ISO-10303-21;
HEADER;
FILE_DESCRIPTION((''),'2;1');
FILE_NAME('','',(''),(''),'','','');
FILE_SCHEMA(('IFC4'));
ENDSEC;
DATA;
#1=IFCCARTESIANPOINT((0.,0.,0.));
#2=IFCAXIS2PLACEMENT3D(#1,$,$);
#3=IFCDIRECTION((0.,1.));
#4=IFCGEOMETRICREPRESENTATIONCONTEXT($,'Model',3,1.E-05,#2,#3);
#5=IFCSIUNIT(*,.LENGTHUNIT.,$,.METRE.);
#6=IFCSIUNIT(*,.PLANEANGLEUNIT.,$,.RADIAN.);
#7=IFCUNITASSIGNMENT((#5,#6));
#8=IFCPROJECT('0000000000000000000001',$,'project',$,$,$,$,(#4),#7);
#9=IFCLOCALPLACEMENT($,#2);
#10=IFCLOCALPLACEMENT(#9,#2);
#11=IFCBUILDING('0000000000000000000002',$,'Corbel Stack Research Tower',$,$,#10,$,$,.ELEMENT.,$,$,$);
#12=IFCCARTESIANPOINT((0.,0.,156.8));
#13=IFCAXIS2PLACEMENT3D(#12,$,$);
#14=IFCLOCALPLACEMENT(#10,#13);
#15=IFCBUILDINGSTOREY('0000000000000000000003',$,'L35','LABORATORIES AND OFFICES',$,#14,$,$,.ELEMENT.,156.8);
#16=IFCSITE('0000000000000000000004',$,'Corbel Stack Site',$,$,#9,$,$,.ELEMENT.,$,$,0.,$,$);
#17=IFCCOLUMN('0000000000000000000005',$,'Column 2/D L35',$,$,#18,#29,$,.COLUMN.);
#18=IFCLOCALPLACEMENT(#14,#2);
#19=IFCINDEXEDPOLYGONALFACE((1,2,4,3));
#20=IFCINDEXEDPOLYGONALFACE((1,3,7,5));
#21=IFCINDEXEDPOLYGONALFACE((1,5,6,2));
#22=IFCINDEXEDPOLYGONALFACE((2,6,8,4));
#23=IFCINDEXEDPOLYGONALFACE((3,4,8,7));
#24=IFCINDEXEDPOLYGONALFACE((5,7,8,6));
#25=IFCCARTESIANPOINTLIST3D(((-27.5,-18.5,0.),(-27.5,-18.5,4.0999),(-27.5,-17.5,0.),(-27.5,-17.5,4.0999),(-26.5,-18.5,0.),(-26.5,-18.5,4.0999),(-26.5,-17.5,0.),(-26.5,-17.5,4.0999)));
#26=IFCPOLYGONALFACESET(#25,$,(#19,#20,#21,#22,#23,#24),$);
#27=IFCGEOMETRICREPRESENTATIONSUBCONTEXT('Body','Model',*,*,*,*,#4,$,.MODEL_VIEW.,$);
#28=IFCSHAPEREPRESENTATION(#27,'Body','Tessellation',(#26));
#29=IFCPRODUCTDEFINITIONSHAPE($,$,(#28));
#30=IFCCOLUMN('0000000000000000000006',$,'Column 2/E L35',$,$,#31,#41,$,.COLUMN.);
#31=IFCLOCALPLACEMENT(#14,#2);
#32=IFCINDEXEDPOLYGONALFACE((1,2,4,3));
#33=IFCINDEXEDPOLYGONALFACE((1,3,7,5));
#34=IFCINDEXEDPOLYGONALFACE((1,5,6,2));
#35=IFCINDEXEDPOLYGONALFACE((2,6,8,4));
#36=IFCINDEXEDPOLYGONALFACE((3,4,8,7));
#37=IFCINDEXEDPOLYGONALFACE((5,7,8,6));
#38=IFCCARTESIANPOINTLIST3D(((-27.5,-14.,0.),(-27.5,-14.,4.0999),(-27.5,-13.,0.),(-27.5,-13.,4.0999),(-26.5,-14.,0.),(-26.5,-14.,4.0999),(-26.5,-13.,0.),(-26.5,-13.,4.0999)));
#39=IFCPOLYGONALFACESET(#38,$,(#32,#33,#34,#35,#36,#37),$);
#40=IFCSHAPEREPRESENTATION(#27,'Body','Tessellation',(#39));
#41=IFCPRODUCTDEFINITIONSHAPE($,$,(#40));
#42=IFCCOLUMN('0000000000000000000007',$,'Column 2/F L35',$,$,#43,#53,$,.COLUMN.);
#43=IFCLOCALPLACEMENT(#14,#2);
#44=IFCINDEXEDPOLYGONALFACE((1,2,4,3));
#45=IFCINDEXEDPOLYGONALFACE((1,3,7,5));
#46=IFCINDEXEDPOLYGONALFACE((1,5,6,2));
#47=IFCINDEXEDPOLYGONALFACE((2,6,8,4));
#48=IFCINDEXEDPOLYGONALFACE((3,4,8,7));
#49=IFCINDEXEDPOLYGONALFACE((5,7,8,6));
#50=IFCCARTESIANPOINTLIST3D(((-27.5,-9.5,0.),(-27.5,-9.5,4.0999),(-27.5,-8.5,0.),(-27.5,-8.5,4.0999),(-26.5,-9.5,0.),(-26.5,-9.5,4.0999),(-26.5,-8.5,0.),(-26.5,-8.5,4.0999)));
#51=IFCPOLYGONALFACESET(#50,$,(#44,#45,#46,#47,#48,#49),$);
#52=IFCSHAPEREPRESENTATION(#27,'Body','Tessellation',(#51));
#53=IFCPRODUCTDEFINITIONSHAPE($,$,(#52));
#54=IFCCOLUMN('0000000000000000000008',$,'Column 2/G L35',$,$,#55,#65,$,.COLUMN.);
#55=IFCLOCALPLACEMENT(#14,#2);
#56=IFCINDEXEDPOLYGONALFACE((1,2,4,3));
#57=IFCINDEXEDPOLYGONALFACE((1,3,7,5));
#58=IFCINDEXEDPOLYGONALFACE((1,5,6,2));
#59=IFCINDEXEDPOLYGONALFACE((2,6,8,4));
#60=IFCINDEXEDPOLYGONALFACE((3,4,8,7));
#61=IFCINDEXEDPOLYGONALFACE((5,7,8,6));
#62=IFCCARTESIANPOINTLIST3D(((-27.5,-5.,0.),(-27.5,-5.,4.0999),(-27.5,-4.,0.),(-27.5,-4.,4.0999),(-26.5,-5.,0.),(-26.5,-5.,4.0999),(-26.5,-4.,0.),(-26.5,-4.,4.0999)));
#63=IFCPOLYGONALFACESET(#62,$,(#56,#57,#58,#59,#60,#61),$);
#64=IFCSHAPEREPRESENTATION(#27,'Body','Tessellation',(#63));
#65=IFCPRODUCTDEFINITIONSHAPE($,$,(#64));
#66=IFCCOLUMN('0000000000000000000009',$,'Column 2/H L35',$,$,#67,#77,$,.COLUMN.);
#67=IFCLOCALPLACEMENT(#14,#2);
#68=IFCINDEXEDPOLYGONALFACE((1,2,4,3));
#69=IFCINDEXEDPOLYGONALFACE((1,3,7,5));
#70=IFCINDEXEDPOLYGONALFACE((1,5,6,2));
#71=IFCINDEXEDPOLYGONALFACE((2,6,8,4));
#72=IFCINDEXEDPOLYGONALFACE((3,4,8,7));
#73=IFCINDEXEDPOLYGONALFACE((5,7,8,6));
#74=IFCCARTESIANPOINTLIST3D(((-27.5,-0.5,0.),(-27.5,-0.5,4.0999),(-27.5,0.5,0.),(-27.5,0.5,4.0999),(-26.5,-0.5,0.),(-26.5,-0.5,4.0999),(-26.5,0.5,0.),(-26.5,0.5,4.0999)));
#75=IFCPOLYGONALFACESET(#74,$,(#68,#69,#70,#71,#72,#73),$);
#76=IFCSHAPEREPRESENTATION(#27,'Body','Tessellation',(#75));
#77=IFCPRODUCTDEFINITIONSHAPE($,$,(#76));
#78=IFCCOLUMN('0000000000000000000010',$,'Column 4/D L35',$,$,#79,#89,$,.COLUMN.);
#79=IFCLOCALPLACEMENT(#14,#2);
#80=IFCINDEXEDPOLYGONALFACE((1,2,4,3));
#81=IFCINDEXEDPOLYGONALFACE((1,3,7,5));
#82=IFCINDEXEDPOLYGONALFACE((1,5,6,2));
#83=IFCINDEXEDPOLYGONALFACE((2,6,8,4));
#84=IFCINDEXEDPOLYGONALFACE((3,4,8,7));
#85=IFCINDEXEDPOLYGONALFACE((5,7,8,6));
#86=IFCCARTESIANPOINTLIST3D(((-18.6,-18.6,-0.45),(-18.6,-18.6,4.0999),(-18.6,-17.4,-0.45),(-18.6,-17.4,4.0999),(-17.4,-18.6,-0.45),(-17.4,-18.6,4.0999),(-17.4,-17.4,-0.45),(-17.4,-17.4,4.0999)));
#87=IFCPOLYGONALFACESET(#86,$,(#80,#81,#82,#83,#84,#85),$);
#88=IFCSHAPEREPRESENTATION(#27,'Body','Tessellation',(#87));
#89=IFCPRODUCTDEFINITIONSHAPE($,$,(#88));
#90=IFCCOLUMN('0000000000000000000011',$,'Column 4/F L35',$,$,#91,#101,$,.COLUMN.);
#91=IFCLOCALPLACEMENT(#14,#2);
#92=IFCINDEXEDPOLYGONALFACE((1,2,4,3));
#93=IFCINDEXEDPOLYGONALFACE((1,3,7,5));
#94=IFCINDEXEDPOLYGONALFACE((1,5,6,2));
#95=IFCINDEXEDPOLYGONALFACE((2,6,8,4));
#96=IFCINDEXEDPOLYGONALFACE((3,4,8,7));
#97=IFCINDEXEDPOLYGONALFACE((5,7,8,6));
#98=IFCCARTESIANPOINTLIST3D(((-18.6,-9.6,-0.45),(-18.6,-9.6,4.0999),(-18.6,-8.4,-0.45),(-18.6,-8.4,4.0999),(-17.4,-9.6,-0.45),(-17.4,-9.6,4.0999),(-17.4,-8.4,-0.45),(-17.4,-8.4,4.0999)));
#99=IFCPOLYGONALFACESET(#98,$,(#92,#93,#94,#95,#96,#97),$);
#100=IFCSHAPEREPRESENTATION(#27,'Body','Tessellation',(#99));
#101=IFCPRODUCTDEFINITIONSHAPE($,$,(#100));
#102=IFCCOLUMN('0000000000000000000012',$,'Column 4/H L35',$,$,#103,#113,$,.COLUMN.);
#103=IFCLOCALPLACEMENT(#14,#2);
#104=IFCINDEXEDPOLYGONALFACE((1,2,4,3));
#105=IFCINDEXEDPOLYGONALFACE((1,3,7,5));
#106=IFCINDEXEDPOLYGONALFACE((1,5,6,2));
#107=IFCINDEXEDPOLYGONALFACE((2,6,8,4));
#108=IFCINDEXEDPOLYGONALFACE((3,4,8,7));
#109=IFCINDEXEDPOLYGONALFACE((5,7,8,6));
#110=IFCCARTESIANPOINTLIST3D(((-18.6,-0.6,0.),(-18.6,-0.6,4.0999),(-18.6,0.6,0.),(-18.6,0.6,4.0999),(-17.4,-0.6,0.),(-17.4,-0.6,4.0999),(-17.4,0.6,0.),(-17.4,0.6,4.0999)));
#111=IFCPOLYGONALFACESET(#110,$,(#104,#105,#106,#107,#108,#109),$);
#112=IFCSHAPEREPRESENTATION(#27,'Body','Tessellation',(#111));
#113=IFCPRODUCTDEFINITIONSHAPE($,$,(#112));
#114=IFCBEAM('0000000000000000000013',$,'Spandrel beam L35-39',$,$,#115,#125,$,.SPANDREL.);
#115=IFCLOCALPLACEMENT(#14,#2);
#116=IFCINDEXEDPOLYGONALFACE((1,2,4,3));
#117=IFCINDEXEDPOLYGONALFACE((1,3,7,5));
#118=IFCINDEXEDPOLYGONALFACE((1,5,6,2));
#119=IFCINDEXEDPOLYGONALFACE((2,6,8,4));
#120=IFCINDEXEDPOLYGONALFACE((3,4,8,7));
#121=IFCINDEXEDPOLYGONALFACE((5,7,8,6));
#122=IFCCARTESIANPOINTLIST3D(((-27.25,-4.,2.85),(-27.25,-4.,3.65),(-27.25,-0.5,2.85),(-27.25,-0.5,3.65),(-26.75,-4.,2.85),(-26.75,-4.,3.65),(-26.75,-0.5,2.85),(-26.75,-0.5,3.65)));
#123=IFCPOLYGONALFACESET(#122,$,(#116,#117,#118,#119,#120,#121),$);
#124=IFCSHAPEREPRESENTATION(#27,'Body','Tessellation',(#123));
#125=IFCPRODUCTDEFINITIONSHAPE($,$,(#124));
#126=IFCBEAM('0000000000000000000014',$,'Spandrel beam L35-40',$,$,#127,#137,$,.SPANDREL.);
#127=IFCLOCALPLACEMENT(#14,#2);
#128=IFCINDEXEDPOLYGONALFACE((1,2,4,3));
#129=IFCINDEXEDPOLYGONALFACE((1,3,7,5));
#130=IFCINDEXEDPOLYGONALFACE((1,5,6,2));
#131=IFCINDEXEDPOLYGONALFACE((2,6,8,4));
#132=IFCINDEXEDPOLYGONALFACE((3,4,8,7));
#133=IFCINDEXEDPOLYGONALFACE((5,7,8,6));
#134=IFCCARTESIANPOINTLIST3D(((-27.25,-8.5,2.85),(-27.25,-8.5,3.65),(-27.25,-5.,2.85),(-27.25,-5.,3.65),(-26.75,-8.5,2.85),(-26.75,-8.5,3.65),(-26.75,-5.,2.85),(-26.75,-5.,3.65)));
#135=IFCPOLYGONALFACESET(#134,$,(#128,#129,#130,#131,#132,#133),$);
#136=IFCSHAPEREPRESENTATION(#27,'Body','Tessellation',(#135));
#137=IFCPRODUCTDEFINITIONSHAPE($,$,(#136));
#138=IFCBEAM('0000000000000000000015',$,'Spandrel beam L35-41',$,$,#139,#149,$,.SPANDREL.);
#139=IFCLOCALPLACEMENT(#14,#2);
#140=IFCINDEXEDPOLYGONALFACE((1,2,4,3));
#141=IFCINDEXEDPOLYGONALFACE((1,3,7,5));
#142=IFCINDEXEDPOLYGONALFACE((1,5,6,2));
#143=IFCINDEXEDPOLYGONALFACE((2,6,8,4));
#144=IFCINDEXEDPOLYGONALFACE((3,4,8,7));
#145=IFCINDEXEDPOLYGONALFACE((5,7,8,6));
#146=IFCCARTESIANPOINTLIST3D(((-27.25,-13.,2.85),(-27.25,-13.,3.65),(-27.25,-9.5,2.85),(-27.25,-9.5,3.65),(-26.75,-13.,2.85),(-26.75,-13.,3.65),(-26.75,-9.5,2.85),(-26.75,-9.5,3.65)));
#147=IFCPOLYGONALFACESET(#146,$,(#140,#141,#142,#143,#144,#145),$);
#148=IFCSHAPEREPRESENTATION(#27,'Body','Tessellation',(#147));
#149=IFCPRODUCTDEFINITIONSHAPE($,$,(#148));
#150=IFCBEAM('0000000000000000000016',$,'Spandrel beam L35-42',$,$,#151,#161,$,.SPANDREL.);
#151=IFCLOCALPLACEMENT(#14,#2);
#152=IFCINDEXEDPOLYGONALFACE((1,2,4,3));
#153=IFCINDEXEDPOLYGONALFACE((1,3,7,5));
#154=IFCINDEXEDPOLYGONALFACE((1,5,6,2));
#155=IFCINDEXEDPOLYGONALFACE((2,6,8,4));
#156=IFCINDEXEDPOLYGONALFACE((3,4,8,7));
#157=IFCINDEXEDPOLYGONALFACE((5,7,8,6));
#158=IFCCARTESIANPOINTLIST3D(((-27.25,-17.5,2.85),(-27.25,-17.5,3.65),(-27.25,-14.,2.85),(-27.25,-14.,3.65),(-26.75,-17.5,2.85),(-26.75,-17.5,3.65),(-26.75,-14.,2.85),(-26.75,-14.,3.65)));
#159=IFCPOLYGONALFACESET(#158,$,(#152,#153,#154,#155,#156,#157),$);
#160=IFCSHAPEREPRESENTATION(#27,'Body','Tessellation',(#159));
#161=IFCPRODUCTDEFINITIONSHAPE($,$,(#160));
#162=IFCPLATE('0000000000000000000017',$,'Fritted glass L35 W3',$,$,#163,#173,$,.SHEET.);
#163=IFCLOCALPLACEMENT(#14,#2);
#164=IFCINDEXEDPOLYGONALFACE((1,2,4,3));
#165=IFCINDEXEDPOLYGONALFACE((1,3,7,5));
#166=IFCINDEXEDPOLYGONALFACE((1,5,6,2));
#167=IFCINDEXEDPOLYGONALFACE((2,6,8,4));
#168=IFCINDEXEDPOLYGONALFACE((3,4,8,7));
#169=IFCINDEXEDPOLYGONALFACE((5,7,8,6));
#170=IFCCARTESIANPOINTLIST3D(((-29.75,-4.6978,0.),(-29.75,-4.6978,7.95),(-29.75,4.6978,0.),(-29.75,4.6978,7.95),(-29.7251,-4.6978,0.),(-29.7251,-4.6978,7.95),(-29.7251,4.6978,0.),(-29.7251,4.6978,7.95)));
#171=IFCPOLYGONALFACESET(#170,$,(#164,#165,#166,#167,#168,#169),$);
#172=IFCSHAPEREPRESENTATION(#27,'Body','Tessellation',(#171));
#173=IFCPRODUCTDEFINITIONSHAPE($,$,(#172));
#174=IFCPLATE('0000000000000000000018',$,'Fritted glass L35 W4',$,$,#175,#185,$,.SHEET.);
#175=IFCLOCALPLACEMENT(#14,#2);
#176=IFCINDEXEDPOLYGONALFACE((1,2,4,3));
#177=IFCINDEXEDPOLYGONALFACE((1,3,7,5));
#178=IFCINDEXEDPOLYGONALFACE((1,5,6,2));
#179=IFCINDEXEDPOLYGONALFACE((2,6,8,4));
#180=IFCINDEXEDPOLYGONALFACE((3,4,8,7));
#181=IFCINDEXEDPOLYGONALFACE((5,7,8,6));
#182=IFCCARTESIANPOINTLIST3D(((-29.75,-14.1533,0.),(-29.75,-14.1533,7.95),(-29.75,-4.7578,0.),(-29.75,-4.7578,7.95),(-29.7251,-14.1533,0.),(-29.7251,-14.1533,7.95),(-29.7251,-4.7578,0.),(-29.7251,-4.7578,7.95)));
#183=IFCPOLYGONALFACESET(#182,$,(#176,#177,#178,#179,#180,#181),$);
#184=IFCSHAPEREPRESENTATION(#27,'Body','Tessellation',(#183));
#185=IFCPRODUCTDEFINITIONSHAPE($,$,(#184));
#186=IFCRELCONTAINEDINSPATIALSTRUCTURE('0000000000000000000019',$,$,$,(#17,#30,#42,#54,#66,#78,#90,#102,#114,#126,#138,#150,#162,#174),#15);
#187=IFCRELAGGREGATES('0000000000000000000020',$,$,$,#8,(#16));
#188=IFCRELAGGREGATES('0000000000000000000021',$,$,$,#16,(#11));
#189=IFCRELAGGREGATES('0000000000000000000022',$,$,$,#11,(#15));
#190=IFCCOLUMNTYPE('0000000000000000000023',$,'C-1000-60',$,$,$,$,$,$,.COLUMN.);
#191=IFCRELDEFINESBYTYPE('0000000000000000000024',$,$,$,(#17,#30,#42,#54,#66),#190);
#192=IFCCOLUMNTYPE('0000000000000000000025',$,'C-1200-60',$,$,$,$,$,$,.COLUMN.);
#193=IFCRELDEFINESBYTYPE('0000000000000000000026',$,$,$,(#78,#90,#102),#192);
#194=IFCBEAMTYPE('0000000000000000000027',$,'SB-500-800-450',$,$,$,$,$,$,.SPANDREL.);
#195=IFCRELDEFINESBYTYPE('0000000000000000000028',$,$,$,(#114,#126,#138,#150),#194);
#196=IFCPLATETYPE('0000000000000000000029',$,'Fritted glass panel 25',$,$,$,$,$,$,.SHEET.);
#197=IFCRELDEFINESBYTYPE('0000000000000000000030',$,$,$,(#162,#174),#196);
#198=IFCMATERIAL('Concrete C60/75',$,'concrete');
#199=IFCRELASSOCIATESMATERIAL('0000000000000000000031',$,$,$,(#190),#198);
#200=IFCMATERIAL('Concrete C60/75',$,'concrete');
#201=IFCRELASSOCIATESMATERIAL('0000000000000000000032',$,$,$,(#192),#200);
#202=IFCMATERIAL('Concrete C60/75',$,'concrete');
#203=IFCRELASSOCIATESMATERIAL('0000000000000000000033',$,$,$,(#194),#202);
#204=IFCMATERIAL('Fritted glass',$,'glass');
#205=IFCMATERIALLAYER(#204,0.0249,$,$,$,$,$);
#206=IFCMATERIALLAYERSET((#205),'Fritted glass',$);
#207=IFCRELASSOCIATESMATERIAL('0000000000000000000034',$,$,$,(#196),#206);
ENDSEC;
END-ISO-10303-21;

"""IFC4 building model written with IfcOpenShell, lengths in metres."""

from ifc_helpers import new_model, si_unit, direction, frame, origin, origin_2d, place, context, subcontext, project, spatial, rectangle, extrude, material, layer, layer_set, material_profile, profile_set, type_object, element, save


model = new_model("IFC4")

# Units and contexts
model_context = context("Model", 3, precision=1e-05, world=origin(), true_north=direction((0.0, 1.0)))
body_context = subcontext(model_context, "Body", "Model", "MODEL_VIEW")
ifc_project = project(units=[si_unit("LENGTHUNIT", "METRE"), si_unit("PLANEANGLEUNIT", "RADIAN")], contexts=[model_context])

# Site, building, storey
site_placement = place(None, origin())
site = spatial("IfcSite", under=ifc_project, at=site_placement, Name="Corbel Stack Site", CompositionType="ELEMENT", RefElevation=0.0)
building_placement = place(site_placement, origin())
building = spatial("IfcBuilding", under=site, at=building_placement, Name="Corbel Stack Research Tower", CompositionType="ELEMENT")
storey_placement = place(building_placement, frame((0.0, 0.0, 156.8)))
storey = spatial("IfcBuildingStorey", under=building, at=storey_placement, Name="L35", Description="LABORATORIES AND OFFICES", CompositionType="ELEMENT", Elevation=156.8)

# Columns
ifc_material_1 = material(Name="Concrete C60/75", Category="concrete")
ifc_material_profile_1 = material_profile(ifc_material_1, rectangle(XDim=1.0, YDim=1.0, at=origin_2d()), Name="RC 1000 x 1000")
ifc_profile_set_1 = profile_set([ifc_material_profile_1], Name="Concrete C60/75")
column_type_1 = type_object("IfcColumnType", Name="C-1000-60", PredefinedType="COLUMN", material=ifc_profile_set_1)
for number, where, z_axis, x_axis, name in (
    (1, (-27.0, -18.0, 0.0), (0.0, 0.0, 1.0), (1.0, 0.0, 0.0), "Column 2/D L35"),
    (2, (-27.0, -13.5, 0.0), (0.0, 0.0, 1.0), (1.0, 0.0, 0.0), "Column 2/E L35"),
    (3, (-27.0, -9.0, 0.0), (0.0, 0.0, 1.0), (1.0, 0.0, 0.0), "Column 2/F L35"),
    (4, (-27.0, -4.5, 0.0), (0.0, 0.0, 1.0), (1.0, 0.0, 0.0), "Column 2/G L35"),
    (5, (-27.0, 0.0, 0.0), (0.0, 0.0, 1.0), (1.0, 0.0, 0.0), "Column 2/H L35"),
):
    element("IfcColumn", number, at=place(storey_placement, frame(where, z_axis=z_axis, x_axis=x_axis)), inside=storey, type_object=column_type_1, Name=name, PredefinedType="COLUMN", context=body_context, shape_type="SweptSolid", body=[
        extrude(rectangle(XDim=1.0, YDim=1.0, at=origin_2d()), origin(), (0.0, 0.0, 1.0), 4.0999),
    ])
ifc_material_2 = material(Name="Concrete C60/75", Category="concrete")
ifc_material_profile_2 = material_profile(ifc_material_2, rectangle(XDim=1.2, YDim=1.2, at=origin_2d()), Name="RC 1200 x 1200")
ifc_profile_set_2 = profile_set([ifc_material_profile_2], Name="Concrete C60/75")
column_type_2 = type_object("IfcColumnType", Name="C-1200-60", PredefinedType="COLUMN", material=ifc_profile_set_2)
for number, where, z_axis, x_axis, name in (
    (6, (-18.0, -18.0, -0.45), (0.0, 0.0, 1.0), (1.0, 0.0, 0.0), "Column 4/D L35"),
    (7, (-18.0, -9.0, -0.45), (0.0, 0.0, 1.0), (1.0, 0.0, 0.0), "Column 4/F L35"),
):
    element("IfcColumn", number, at=place(storey_placement, frame(where, z_axis=z_axis, x_axis=x_axis)), inside=storey, type_object=column_type_2, Name=name, PredefinedType="COLUMN", context=body_context, shape_type="SweptSolid", body=[
        extrude(rectangle(XDim=1.2, YDim=1.2, at=origin_2d()), origin(), (0.0, 0.0, 1.0), 4.5498),
    ])
column_placement = place(storey_placement, frame((-18.0, 0.0, 0.0), z_axis=(0.0, 0.0, 1.0), x_axis=(1.0, 0.0, 0.0)))
element("IfcColumn", 8, at=column_placement, inside=storey, type_object=column_type_2, Name="Column 4/H L35", PredefinedType="COLUMN", context=body_context, shape_type="SweptSolid", body=[
    extrude(rectangle(XDim=1.2, YDim=1.2, at=origin_2d()), origin(), (0.0, 0.0, 1.0), 4.0999),
])

# Beams
ifc_material_3 = material(Name="Concrete C60/75", Category="concrete")
ifc_material_profile_3 = material_profile(ifc_material_3, rectangle(XDim=0.5, YDim=0.8, at=origin_2d()), Name="RC 500 x 800")
ifc_profile_set_3 = profile_set([ifc_material_profile_3], Name="Concrete C60/75")
beam_type = type_object("IfcBeamType", Name="SB-500-800-450", PredefinedType="SPANDREL", material=ifc_profile_set_3)
for number, where, z_axis, x_axis, name in (
    (9, (-27.0, -0.5, 3.25), (0.0, -1.0, 0.0), (1.0, 0.0, 0.0), "Spandrel beam L35-39"),
    (10, (-27.0, -5.0, 3.25), (0.0, -1.0, 0.0), (1.0, 0.0, 0.0), "Spandrel beam L35-40"),
    (11, (-27.0, -9.5, 3.25), (0.0, -1.0, 0.0), (1.0, 0.0, 0.0), "Spandrel beam L35-41"),
    (12, (-27.0, -14.0, 3.25), (0.0, -1.0, 0.0), (1.0, 0.0, 0.0), "Spandrel beam L35-42"),
):
    element("IfcBeam", number, at=place(storey_placement, frame(where, z_axis=z_axis, x_axis=x_axis)), inside=storey, type_object=beam_type, Name=name, PredefinedType="SPANDREL", context=body_context, shape_type="SweptSolid", body=[
        extrude(rectangle(XDim=0.5, YDim=0.8, at=origin_2d()), origin(), (0.0, 0.0, 1.0), 3.5),
    ])

# Plates
ifc_material_4 = material(Name="Fritted glass", Category="glass")
ifc_layer_1 = layer(ifc_material_4, 0.0249)
ifc_layer_set_1 = layer_set([ifc_layer_1], Name="Fritted glass")
plate_type = type_object("IfcPlateType", Name="Fritted glass panel 25", PredefinedType="SHEET", material=ifc_layer_set_1)
for number, where, z_axis, x_axis, name in (
    (13, (-29.7375, 0.0, 0.0), (0.0, 0.0, 1.0), (0.0, -1.0, 0.0), "Fritted glass L35 W3"),
    (14, (-29.7375, -9.4556, 0.0), (0.0, 0.0, 1.0), (0.0, -1.0, 0.0), "Fritted glass L35 W4"),
):
    element("IfcPlate", number, at=place(storey_placement, frame(where, z_axis=z_axis, x_axis=x_axis)), inside=storey, type_object=plate_type, Name=name, PredefinedType="SHEET", context=body_context, shape_type="SweptSolid", body=[
        extrude(rectangle(XDim=9.3955, YDim=0.0249, at=origin_2d()), origin(), (0.0, 0.0, 1.0), 7.95),
    ])

save(model, "model.ifc")
